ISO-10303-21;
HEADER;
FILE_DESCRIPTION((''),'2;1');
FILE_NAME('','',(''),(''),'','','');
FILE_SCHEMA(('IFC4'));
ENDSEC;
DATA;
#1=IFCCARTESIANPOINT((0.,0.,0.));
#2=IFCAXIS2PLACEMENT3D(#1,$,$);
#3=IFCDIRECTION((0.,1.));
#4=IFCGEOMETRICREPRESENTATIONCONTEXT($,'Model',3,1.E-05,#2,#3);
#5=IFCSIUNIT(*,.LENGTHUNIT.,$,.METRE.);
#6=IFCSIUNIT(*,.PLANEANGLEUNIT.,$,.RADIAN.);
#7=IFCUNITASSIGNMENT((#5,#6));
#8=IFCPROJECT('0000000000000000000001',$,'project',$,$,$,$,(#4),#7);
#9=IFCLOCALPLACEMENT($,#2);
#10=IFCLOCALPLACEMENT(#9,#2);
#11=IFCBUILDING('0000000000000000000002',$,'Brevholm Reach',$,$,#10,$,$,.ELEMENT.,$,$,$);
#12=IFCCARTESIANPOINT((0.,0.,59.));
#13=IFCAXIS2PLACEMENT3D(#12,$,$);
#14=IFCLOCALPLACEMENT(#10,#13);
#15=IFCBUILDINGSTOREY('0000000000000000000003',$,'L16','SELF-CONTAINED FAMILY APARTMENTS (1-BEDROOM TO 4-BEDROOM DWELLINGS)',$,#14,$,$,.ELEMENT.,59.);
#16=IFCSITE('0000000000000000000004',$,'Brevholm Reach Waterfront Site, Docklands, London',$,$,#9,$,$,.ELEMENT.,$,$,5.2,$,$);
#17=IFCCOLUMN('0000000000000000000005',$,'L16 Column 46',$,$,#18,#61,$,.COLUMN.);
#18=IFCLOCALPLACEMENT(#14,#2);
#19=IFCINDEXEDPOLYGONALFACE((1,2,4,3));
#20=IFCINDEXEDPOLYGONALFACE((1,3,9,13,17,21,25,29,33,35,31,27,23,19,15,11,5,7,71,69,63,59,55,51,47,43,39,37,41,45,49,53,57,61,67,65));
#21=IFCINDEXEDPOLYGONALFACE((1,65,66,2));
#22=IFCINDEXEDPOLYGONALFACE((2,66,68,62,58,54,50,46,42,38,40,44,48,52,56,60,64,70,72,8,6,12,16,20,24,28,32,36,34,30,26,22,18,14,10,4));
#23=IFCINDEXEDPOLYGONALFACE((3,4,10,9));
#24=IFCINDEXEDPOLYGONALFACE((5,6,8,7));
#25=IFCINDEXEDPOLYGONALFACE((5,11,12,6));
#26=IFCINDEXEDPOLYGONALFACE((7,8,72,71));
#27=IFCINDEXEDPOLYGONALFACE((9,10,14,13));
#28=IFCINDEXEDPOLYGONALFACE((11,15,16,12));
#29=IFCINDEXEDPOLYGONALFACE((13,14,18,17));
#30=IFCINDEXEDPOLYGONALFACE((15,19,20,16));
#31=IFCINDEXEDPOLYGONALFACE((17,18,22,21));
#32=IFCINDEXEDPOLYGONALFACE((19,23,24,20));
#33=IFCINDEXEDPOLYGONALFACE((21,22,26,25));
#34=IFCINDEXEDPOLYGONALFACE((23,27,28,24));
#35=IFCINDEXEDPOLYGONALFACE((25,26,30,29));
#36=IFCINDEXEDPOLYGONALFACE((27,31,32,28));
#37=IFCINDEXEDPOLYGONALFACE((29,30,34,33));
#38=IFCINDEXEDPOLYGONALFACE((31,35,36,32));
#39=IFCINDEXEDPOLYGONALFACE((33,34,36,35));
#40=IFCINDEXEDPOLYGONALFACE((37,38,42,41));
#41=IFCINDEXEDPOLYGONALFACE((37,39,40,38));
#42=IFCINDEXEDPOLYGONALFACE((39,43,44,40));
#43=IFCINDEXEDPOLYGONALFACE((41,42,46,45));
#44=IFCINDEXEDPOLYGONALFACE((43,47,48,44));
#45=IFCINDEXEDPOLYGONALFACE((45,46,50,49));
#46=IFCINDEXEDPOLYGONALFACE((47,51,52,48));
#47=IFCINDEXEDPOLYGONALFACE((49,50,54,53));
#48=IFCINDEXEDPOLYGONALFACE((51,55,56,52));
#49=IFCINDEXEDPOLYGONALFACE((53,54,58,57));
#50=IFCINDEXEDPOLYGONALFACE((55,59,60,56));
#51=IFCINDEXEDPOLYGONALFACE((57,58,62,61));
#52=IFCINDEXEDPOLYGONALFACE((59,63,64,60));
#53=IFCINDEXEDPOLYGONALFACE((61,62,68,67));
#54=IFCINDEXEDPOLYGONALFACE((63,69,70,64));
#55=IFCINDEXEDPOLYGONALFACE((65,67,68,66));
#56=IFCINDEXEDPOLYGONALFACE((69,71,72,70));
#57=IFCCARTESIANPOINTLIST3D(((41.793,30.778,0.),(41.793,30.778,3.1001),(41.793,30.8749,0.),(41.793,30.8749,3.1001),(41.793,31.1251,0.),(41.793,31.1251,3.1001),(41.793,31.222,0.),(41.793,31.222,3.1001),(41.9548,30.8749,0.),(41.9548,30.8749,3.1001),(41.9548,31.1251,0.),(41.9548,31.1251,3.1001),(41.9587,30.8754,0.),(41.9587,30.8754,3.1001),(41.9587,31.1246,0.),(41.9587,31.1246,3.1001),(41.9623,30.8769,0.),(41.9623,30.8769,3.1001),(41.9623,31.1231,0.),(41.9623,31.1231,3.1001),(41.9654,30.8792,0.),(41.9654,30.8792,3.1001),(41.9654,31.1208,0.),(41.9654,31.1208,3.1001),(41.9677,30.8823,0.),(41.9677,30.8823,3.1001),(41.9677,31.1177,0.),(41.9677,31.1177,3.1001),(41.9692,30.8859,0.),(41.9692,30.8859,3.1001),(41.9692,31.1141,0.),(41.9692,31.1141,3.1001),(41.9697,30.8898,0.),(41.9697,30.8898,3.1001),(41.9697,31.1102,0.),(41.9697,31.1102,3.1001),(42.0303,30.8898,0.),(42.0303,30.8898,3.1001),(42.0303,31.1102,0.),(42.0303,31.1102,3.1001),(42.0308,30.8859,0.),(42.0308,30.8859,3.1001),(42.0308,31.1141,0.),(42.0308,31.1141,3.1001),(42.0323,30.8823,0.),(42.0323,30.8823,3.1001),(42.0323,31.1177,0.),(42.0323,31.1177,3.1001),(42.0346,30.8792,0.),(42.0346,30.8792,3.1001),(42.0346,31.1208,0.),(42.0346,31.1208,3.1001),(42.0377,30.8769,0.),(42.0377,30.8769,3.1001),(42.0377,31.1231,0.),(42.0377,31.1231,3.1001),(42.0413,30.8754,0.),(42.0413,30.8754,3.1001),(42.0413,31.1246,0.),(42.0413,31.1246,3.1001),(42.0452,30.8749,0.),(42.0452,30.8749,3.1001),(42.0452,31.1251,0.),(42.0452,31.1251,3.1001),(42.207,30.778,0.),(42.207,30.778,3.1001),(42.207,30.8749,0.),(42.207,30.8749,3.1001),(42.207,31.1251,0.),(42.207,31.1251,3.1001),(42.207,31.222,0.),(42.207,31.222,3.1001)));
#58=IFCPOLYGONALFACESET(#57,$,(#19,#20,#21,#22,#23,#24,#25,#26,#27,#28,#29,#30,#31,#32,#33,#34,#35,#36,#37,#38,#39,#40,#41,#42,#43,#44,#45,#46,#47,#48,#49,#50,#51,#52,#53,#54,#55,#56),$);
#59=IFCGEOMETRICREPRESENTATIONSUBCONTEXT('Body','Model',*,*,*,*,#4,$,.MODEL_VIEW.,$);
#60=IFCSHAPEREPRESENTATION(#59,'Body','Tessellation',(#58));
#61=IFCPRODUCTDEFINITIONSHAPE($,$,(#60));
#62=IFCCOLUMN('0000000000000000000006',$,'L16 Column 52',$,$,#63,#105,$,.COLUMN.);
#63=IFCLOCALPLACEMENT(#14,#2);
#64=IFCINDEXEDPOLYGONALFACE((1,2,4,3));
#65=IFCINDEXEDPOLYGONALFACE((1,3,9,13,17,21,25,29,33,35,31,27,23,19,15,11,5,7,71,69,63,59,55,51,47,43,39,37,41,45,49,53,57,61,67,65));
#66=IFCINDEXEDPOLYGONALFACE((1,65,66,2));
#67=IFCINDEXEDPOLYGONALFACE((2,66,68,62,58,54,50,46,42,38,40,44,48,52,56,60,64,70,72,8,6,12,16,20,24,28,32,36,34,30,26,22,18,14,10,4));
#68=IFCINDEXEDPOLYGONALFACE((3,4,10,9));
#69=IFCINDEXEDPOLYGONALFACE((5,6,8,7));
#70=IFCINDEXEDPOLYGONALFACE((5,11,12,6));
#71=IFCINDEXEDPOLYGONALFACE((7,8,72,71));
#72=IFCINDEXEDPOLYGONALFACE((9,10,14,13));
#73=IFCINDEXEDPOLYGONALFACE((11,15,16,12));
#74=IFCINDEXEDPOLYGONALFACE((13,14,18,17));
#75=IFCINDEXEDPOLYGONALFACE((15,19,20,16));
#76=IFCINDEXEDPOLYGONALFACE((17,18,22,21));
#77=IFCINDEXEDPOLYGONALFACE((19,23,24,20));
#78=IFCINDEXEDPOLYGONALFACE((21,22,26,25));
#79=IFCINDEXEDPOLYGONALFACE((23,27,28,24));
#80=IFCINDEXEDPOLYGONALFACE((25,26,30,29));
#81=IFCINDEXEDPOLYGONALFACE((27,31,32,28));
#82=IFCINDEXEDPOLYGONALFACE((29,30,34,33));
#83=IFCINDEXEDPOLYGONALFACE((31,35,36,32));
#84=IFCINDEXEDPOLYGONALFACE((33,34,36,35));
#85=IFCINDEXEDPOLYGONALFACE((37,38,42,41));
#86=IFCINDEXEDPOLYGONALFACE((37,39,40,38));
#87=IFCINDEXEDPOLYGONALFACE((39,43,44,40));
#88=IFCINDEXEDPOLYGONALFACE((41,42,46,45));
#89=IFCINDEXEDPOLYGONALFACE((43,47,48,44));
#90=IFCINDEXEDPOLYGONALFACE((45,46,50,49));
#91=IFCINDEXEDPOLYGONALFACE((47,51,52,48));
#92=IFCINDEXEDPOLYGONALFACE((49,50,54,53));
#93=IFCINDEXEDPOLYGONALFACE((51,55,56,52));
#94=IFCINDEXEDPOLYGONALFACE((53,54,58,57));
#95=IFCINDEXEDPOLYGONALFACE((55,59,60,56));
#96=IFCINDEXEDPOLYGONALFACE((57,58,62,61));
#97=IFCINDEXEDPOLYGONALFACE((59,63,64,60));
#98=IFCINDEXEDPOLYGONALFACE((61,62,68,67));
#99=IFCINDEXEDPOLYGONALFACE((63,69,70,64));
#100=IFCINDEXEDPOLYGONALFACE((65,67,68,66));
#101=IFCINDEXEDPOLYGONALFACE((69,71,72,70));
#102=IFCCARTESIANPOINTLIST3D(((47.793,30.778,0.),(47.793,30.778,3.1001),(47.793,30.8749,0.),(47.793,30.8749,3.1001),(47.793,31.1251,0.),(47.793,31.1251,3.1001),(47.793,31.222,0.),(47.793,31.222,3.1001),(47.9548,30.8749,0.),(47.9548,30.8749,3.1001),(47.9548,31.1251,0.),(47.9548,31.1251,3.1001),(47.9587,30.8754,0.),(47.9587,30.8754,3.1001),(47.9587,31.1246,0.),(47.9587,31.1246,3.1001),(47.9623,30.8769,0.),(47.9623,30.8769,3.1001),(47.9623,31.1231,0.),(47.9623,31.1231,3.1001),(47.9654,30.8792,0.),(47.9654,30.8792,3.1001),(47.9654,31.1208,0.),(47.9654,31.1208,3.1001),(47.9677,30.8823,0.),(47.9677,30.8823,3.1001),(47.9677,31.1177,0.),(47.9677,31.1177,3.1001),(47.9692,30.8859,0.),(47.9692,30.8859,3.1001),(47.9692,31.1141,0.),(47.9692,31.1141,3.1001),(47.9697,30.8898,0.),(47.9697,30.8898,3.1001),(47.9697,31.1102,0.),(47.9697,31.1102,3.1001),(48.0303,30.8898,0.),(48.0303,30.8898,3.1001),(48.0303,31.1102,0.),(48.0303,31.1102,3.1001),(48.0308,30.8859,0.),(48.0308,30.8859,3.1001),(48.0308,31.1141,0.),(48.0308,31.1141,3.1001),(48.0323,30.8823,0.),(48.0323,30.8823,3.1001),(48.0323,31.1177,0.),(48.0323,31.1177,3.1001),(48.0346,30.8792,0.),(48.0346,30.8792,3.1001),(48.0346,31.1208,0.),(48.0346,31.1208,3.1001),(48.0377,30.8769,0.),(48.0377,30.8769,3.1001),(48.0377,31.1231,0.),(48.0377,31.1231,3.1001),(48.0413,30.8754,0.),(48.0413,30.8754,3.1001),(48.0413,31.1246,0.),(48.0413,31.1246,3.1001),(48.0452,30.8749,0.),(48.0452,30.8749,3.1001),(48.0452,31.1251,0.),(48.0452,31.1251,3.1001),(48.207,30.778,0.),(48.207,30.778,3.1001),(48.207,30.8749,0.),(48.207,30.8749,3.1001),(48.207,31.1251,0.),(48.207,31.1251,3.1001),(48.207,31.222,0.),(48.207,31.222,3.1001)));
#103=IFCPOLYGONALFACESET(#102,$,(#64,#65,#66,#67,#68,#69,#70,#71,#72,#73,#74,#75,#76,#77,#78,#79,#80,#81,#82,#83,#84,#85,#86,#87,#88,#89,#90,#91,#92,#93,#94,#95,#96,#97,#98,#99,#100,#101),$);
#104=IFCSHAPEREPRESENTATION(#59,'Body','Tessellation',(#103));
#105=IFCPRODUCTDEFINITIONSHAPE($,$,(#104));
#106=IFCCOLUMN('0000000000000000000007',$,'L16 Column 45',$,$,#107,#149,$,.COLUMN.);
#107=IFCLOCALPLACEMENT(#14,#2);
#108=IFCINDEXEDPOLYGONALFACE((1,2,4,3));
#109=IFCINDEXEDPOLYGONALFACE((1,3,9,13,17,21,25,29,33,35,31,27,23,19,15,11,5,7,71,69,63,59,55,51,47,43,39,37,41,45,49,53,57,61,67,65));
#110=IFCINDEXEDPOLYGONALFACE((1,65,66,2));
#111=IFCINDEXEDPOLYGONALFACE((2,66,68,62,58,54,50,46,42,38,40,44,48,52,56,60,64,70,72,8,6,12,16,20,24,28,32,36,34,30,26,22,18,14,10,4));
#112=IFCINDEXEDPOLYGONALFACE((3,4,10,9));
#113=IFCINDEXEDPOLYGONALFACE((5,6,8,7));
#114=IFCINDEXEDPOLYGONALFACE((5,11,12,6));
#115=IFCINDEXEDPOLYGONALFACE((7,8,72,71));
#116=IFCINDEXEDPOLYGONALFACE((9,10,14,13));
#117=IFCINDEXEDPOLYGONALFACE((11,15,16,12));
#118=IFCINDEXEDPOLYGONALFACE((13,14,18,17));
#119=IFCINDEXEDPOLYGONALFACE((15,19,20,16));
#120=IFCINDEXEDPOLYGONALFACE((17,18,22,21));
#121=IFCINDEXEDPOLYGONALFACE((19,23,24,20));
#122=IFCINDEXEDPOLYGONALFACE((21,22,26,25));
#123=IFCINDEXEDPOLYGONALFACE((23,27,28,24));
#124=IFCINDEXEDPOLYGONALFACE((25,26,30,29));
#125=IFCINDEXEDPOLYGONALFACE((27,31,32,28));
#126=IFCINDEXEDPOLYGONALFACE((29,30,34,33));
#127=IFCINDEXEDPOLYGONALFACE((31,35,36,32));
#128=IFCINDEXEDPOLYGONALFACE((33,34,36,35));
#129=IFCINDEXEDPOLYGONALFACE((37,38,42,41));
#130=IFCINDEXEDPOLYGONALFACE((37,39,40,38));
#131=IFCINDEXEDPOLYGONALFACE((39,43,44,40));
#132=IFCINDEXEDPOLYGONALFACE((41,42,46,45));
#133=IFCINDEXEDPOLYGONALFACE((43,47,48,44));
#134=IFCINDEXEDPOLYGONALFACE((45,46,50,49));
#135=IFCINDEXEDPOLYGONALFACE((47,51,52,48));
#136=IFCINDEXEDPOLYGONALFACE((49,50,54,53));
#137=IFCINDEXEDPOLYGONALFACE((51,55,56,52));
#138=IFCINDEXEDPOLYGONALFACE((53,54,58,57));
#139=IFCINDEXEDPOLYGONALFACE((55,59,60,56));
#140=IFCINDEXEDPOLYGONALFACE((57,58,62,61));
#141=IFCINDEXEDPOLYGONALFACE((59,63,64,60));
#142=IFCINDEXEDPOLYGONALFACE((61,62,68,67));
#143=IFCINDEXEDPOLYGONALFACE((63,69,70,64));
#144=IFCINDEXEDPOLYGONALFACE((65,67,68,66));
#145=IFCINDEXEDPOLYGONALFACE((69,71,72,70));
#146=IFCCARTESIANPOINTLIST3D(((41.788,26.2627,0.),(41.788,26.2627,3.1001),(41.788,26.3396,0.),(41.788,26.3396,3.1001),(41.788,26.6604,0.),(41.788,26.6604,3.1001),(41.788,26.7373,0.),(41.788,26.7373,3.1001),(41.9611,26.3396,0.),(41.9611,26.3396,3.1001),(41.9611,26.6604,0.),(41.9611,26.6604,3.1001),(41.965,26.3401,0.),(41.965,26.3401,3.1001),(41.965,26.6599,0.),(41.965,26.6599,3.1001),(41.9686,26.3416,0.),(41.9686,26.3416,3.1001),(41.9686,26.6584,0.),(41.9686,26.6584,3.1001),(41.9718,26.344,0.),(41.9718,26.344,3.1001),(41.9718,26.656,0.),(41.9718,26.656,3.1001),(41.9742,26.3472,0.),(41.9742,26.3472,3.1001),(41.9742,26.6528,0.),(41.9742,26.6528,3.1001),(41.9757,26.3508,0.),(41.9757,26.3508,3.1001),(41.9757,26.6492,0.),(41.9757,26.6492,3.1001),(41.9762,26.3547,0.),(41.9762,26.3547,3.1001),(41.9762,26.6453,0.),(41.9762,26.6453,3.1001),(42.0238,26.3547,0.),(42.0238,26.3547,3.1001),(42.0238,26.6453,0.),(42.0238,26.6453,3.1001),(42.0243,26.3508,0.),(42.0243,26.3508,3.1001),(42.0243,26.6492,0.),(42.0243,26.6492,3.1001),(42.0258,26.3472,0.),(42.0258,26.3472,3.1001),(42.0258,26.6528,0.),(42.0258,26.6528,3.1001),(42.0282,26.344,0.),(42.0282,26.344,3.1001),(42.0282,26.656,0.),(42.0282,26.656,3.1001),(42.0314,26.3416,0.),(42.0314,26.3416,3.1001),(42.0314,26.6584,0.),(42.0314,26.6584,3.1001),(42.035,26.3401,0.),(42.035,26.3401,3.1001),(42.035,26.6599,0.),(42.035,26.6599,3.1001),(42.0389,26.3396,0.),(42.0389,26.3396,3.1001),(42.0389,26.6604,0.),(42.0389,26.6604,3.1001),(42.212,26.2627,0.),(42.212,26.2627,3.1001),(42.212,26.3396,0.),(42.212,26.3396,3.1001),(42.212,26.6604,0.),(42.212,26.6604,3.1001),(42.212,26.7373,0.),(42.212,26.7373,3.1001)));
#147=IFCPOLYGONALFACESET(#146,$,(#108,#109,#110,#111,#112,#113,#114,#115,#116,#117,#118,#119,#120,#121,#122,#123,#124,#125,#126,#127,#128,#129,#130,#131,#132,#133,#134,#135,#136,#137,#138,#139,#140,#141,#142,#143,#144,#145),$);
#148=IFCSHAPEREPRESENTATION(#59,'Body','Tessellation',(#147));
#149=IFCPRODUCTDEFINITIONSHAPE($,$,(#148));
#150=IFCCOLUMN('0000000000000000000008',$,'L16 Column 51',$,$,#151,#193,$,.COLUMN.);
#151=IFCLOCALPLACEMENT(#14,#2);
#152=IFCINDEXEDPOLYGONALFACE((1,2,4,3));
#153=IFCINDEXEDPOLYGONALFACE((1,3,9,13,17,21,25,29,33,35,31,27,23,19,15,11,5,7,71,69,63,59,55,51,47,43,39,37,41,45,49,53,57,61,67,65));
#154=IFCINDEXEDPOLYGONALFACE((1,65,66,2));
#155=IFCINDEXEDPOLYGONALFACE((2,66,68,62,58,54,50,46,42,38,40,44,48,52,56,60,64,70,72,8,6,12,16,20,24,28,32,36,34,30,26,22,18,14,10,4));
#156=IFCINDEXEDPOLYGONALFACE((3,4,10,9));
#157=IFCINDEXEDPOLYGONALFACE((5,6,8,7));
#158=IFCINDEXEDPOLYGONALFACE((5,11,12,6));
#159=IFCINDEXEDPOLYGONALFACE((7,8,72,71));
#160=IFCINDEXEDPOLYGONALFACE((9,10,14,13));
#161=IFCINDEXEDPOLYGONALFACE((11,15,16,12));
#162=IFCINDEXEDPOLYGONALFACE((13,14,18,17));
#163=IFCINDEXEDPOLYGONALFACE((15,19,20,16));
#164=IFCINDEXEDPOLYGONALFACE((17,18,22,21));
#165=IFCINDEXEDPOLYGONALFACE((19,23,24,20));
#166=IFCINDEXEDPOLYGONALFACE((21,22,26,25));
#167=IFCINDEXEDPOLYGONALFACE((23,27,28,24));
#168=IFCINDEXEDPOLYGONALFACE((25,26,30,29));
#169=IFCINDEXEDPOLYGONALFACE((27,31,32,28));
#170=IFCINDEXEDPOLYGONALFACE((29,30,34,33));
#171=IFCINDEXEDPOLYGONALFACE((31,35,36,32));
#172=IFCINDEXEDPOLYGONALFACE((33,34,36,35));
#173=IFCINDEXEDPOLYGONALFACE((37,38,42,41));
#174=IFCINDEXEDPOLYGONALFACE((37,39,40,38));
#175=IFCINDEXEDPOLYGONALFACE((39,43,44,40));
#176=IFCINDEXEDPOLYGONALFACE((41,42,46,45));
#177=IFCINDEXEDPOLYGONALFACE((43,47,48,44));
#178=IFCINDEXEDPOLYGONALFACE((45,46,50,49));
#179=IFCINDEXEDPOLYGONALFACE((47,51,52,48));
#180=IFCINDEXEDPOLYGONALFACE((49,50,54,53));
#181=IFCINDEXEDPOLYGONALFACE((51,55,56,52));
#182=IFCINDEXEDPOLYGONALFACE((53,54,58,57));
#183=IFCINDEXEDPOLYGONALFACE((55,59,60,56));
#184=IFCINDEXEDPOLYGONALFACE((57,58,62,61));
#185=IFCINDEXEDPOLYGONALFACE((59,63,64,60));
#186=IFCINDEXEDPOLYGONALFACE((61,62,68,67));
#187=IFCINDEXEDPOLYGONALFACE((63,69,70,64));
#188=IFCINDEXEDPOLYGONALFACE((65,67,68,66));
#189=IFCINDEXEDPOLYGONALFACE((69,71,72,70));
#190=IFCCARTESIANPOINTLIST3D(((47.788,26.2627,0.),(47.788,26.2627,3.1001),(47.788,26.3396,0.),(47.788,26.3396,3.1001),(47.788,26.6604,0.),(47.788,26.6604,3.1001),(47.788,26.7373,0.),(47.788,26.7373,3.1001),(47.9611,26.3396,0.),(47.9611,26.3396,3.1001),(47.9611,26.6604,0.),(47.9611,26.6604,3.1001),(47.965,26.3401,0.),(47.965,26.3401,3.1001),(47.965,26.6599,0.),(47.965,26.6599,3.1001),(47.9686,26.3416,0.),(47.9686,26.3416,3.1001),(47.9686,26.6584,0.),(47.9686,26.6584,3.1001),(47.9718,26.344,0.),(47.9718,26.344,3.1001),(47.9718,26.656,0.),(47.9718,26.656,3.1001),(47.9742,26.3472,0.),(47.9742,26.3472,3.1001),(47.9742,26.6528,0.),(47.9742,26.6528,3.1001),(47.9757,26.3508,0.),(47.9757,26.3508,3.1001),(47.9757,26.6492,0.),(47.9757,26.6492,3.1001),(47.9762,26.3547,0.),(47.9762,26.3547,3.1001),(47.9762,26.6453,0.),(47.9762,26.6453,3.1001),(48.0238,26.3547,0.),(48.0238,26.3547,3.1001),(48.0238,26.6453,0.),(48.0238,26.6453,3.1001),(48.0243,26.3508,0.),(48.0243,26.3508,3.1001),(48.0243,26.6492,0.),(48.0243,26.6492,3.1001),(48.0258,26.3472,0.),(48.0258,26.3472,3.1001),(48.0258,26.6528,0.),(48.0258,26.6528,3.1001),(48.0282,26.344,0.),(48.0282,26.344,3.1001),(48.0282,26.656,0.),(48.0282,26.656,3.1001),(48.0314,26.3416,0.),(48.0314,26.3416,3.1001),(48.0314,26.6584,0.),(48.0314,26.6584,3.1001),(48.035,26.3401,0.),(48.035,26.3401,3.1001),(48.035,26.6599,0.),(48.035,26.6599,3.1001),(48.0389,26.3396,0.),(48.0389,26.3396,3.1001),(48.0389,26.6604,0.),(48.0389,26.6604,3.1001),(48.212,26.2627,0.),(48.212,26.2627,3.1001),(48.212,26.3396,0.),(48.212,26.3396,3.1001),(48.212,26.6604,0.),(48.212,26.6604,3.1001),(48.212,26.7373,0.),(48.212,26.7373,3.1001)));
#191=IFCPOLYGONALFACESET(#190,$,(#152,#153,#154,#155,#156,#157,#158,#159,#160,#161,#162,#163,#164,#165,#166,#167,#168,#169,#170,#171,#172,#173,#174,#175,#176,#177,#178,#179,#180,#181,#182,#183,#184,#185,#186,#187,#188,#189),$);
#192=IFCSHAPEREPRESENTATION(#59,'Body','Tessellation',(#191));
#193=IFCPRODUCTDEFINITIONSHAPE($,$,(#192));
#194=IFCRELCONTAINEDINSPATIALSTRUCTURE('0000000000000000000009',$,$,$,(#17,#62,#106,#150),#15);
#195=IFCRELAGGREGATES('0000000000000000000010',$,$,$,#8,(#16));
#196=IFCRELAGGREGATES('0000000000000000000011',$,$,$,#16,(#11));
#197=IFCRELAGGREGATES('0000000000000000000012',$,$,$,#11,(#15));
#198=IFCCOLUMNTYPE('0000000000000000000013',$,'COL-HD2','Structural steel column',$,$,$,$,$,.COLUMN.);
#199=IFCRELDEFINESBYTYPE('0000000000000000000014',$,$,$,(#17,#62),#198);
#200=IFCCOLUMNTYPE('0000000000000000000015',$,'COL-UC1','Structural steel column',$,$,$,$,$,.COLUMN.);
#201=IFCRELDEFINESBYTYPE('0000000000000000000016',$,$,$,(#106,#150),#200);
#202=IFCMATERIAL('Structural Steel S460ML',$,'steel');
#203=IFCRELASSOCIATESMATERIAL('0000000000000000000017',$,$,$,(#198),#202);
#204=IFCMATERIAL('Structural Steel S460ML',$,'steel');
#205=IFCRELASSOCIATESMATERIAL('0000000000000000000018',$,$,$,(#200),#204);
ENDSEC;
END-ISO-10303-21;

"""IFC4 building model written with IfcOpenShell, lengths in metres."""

from ifc_helpers import new_model, si_unit, direction, frame, origin, origin_2d, place, context, subcontext, project, spatial, i_section, extrude, material, material_profile, profile_set, type_object, element, save


model = new_model("IFC4")

# Units and contexts
model_context = context("Model", 3, precision=1e-05, world=origin(), true_north=direction((0.0, 1.0)))
body_context = subcontext(model_context, "Body", "Model", "MODEL_VIEW")
ifc_project = project(units=[si_unit("LENGTHUNIT", "METRE"), si_unit("PLANEANGLEUNIT", "RADIAN")], contexts=[model_context])

# Site, building, storey
site_placement = place(None, origin())
site = spatial("IfcSite", under=ifc_project, at=site_placement, Name="Brevholm Reach Waterfront Site, Docklands, London", CompositionType="ELEMENT", RefElevation=5.2)
building_placement = place(site_placement, origin())
building = spatial("IfcBuilding", under=site, at=building_placement, Name="Brevholm Reach", CompositionType="ELEMENT")
storey_placement = place(building_placement, frame((0.0, 0.0, 59.0)))
storey = spatial("IfcBuildingStorey", under=building, at=storey_placement, Name="L16", Description="SELF-CONTAINED FAMILY APARTMENTS (1-BEDROOM TO 4-BEDROOM DWELLINGS)", CompositionType="ELEMENT", Elevation=59.0)

# Columns
ifc_material_1 = material(Name="Structural Steel S460ML", Category="steel")
ifc_material_profile_1 = material_profile(ifc_material_1, i_section(OverallWidth=0.4141, OverallDepth=0.4441, WebThickness=0.0605, FlangeThickness=0.0969, FilletRadius=0.0149, at=origin_2d()), Name="HD 400x818")
ifc_profile_set_1 = profile_set([ifc_material_profile_1], Name="Structural Steel S460ML")
column_type_1 = type_object("IfcColumnType", Name="COL-HD2", Description="Structural steel column", PredefinedType="COLUMN", material=ifc_profile_set_1)
for number, where, z_axis, x_axis, name in (
    (1, (42.0, 31.0, 0.0), (0.0, 0.0, 1.0), (1.0, 0.0, 0.0), "L16 Column 46"),
    (2, (48.0, 31.0, 0.0), (0.0, 0.0, 1.0), (1.0, 0.0, 0.0), "L16 Column 52"),
):
    element("IfcColumn", number, at=place(storey_placement, frame(where, z_axis=z_axis, x_axis=x_axis)), inside=storey, type_object=column_type_1, Name=name, PredefinedType="COLUMN", context=body_context, shape_type="SweptSolid", body=[
        extrude(i_section(OverallWidth=0.4141, OverallDepth=0.4441, WebThickness=0.0605, FlangeThickness=0.0969, FilletRadius=0.0149, at=origin_2d()), origin(), (0.0, 0.0, 1.0), 3.1001),
    ])
ifc_material_2 = material(Name="Structural Steel S460ML", Category="steel")
ifc_material_profile_2 = material_profile(ifc_material_2, i_section(OverallWidth=0.4241, OverallDepth=0.4746, WebThickness=0.0476, FlangeThickness=0.0769, FilletRadius=0.0151, at=origin_2d()), Name="UKC 356x406x634")
ifc_profile_set_2 = profile_set([ifc_material_profile_2], Name="Structural Steel S460ML")
column_type_2 = type_object("IfcColumnType", Name="COL-UC1", Description="Structural steel column", PredefinedType="COLUMN", material=ifc_profile_set_2)
for number, where, z_axis, x_axis, name in (
    (3, (42.0, 26.5, 0.0), (0.0, 0.0, 1.0), (1.0, 0.0, 0.0), "L16 Column 45"),
    (4, (48.0, 26.5, 0.0), (0.0, 0.0, 1.0), (1.0, 0.0, 0.0), "L16 Column 51"),
):
    element("IfcColumn", number, at=place(storey_placement, frame(where, z_axis=z_axis, x_axis=x_axis)), inside=storey, type_object=column_type_2, Name=name, PredefinedType="COLUMN", context=body_context, shape_type="SweptSolid", body=[
        extrude(i_section(OverallWidth=0.4241, OverallDepth=0.4746, WebThickness=0.0476, FlangeThickness=0.0769, FilletRadius=0.0151, at=origin_2d()), origin(), (0.0, 0.0, 1.0), 3.1001),
    ])

save(model, "model.ifc")
